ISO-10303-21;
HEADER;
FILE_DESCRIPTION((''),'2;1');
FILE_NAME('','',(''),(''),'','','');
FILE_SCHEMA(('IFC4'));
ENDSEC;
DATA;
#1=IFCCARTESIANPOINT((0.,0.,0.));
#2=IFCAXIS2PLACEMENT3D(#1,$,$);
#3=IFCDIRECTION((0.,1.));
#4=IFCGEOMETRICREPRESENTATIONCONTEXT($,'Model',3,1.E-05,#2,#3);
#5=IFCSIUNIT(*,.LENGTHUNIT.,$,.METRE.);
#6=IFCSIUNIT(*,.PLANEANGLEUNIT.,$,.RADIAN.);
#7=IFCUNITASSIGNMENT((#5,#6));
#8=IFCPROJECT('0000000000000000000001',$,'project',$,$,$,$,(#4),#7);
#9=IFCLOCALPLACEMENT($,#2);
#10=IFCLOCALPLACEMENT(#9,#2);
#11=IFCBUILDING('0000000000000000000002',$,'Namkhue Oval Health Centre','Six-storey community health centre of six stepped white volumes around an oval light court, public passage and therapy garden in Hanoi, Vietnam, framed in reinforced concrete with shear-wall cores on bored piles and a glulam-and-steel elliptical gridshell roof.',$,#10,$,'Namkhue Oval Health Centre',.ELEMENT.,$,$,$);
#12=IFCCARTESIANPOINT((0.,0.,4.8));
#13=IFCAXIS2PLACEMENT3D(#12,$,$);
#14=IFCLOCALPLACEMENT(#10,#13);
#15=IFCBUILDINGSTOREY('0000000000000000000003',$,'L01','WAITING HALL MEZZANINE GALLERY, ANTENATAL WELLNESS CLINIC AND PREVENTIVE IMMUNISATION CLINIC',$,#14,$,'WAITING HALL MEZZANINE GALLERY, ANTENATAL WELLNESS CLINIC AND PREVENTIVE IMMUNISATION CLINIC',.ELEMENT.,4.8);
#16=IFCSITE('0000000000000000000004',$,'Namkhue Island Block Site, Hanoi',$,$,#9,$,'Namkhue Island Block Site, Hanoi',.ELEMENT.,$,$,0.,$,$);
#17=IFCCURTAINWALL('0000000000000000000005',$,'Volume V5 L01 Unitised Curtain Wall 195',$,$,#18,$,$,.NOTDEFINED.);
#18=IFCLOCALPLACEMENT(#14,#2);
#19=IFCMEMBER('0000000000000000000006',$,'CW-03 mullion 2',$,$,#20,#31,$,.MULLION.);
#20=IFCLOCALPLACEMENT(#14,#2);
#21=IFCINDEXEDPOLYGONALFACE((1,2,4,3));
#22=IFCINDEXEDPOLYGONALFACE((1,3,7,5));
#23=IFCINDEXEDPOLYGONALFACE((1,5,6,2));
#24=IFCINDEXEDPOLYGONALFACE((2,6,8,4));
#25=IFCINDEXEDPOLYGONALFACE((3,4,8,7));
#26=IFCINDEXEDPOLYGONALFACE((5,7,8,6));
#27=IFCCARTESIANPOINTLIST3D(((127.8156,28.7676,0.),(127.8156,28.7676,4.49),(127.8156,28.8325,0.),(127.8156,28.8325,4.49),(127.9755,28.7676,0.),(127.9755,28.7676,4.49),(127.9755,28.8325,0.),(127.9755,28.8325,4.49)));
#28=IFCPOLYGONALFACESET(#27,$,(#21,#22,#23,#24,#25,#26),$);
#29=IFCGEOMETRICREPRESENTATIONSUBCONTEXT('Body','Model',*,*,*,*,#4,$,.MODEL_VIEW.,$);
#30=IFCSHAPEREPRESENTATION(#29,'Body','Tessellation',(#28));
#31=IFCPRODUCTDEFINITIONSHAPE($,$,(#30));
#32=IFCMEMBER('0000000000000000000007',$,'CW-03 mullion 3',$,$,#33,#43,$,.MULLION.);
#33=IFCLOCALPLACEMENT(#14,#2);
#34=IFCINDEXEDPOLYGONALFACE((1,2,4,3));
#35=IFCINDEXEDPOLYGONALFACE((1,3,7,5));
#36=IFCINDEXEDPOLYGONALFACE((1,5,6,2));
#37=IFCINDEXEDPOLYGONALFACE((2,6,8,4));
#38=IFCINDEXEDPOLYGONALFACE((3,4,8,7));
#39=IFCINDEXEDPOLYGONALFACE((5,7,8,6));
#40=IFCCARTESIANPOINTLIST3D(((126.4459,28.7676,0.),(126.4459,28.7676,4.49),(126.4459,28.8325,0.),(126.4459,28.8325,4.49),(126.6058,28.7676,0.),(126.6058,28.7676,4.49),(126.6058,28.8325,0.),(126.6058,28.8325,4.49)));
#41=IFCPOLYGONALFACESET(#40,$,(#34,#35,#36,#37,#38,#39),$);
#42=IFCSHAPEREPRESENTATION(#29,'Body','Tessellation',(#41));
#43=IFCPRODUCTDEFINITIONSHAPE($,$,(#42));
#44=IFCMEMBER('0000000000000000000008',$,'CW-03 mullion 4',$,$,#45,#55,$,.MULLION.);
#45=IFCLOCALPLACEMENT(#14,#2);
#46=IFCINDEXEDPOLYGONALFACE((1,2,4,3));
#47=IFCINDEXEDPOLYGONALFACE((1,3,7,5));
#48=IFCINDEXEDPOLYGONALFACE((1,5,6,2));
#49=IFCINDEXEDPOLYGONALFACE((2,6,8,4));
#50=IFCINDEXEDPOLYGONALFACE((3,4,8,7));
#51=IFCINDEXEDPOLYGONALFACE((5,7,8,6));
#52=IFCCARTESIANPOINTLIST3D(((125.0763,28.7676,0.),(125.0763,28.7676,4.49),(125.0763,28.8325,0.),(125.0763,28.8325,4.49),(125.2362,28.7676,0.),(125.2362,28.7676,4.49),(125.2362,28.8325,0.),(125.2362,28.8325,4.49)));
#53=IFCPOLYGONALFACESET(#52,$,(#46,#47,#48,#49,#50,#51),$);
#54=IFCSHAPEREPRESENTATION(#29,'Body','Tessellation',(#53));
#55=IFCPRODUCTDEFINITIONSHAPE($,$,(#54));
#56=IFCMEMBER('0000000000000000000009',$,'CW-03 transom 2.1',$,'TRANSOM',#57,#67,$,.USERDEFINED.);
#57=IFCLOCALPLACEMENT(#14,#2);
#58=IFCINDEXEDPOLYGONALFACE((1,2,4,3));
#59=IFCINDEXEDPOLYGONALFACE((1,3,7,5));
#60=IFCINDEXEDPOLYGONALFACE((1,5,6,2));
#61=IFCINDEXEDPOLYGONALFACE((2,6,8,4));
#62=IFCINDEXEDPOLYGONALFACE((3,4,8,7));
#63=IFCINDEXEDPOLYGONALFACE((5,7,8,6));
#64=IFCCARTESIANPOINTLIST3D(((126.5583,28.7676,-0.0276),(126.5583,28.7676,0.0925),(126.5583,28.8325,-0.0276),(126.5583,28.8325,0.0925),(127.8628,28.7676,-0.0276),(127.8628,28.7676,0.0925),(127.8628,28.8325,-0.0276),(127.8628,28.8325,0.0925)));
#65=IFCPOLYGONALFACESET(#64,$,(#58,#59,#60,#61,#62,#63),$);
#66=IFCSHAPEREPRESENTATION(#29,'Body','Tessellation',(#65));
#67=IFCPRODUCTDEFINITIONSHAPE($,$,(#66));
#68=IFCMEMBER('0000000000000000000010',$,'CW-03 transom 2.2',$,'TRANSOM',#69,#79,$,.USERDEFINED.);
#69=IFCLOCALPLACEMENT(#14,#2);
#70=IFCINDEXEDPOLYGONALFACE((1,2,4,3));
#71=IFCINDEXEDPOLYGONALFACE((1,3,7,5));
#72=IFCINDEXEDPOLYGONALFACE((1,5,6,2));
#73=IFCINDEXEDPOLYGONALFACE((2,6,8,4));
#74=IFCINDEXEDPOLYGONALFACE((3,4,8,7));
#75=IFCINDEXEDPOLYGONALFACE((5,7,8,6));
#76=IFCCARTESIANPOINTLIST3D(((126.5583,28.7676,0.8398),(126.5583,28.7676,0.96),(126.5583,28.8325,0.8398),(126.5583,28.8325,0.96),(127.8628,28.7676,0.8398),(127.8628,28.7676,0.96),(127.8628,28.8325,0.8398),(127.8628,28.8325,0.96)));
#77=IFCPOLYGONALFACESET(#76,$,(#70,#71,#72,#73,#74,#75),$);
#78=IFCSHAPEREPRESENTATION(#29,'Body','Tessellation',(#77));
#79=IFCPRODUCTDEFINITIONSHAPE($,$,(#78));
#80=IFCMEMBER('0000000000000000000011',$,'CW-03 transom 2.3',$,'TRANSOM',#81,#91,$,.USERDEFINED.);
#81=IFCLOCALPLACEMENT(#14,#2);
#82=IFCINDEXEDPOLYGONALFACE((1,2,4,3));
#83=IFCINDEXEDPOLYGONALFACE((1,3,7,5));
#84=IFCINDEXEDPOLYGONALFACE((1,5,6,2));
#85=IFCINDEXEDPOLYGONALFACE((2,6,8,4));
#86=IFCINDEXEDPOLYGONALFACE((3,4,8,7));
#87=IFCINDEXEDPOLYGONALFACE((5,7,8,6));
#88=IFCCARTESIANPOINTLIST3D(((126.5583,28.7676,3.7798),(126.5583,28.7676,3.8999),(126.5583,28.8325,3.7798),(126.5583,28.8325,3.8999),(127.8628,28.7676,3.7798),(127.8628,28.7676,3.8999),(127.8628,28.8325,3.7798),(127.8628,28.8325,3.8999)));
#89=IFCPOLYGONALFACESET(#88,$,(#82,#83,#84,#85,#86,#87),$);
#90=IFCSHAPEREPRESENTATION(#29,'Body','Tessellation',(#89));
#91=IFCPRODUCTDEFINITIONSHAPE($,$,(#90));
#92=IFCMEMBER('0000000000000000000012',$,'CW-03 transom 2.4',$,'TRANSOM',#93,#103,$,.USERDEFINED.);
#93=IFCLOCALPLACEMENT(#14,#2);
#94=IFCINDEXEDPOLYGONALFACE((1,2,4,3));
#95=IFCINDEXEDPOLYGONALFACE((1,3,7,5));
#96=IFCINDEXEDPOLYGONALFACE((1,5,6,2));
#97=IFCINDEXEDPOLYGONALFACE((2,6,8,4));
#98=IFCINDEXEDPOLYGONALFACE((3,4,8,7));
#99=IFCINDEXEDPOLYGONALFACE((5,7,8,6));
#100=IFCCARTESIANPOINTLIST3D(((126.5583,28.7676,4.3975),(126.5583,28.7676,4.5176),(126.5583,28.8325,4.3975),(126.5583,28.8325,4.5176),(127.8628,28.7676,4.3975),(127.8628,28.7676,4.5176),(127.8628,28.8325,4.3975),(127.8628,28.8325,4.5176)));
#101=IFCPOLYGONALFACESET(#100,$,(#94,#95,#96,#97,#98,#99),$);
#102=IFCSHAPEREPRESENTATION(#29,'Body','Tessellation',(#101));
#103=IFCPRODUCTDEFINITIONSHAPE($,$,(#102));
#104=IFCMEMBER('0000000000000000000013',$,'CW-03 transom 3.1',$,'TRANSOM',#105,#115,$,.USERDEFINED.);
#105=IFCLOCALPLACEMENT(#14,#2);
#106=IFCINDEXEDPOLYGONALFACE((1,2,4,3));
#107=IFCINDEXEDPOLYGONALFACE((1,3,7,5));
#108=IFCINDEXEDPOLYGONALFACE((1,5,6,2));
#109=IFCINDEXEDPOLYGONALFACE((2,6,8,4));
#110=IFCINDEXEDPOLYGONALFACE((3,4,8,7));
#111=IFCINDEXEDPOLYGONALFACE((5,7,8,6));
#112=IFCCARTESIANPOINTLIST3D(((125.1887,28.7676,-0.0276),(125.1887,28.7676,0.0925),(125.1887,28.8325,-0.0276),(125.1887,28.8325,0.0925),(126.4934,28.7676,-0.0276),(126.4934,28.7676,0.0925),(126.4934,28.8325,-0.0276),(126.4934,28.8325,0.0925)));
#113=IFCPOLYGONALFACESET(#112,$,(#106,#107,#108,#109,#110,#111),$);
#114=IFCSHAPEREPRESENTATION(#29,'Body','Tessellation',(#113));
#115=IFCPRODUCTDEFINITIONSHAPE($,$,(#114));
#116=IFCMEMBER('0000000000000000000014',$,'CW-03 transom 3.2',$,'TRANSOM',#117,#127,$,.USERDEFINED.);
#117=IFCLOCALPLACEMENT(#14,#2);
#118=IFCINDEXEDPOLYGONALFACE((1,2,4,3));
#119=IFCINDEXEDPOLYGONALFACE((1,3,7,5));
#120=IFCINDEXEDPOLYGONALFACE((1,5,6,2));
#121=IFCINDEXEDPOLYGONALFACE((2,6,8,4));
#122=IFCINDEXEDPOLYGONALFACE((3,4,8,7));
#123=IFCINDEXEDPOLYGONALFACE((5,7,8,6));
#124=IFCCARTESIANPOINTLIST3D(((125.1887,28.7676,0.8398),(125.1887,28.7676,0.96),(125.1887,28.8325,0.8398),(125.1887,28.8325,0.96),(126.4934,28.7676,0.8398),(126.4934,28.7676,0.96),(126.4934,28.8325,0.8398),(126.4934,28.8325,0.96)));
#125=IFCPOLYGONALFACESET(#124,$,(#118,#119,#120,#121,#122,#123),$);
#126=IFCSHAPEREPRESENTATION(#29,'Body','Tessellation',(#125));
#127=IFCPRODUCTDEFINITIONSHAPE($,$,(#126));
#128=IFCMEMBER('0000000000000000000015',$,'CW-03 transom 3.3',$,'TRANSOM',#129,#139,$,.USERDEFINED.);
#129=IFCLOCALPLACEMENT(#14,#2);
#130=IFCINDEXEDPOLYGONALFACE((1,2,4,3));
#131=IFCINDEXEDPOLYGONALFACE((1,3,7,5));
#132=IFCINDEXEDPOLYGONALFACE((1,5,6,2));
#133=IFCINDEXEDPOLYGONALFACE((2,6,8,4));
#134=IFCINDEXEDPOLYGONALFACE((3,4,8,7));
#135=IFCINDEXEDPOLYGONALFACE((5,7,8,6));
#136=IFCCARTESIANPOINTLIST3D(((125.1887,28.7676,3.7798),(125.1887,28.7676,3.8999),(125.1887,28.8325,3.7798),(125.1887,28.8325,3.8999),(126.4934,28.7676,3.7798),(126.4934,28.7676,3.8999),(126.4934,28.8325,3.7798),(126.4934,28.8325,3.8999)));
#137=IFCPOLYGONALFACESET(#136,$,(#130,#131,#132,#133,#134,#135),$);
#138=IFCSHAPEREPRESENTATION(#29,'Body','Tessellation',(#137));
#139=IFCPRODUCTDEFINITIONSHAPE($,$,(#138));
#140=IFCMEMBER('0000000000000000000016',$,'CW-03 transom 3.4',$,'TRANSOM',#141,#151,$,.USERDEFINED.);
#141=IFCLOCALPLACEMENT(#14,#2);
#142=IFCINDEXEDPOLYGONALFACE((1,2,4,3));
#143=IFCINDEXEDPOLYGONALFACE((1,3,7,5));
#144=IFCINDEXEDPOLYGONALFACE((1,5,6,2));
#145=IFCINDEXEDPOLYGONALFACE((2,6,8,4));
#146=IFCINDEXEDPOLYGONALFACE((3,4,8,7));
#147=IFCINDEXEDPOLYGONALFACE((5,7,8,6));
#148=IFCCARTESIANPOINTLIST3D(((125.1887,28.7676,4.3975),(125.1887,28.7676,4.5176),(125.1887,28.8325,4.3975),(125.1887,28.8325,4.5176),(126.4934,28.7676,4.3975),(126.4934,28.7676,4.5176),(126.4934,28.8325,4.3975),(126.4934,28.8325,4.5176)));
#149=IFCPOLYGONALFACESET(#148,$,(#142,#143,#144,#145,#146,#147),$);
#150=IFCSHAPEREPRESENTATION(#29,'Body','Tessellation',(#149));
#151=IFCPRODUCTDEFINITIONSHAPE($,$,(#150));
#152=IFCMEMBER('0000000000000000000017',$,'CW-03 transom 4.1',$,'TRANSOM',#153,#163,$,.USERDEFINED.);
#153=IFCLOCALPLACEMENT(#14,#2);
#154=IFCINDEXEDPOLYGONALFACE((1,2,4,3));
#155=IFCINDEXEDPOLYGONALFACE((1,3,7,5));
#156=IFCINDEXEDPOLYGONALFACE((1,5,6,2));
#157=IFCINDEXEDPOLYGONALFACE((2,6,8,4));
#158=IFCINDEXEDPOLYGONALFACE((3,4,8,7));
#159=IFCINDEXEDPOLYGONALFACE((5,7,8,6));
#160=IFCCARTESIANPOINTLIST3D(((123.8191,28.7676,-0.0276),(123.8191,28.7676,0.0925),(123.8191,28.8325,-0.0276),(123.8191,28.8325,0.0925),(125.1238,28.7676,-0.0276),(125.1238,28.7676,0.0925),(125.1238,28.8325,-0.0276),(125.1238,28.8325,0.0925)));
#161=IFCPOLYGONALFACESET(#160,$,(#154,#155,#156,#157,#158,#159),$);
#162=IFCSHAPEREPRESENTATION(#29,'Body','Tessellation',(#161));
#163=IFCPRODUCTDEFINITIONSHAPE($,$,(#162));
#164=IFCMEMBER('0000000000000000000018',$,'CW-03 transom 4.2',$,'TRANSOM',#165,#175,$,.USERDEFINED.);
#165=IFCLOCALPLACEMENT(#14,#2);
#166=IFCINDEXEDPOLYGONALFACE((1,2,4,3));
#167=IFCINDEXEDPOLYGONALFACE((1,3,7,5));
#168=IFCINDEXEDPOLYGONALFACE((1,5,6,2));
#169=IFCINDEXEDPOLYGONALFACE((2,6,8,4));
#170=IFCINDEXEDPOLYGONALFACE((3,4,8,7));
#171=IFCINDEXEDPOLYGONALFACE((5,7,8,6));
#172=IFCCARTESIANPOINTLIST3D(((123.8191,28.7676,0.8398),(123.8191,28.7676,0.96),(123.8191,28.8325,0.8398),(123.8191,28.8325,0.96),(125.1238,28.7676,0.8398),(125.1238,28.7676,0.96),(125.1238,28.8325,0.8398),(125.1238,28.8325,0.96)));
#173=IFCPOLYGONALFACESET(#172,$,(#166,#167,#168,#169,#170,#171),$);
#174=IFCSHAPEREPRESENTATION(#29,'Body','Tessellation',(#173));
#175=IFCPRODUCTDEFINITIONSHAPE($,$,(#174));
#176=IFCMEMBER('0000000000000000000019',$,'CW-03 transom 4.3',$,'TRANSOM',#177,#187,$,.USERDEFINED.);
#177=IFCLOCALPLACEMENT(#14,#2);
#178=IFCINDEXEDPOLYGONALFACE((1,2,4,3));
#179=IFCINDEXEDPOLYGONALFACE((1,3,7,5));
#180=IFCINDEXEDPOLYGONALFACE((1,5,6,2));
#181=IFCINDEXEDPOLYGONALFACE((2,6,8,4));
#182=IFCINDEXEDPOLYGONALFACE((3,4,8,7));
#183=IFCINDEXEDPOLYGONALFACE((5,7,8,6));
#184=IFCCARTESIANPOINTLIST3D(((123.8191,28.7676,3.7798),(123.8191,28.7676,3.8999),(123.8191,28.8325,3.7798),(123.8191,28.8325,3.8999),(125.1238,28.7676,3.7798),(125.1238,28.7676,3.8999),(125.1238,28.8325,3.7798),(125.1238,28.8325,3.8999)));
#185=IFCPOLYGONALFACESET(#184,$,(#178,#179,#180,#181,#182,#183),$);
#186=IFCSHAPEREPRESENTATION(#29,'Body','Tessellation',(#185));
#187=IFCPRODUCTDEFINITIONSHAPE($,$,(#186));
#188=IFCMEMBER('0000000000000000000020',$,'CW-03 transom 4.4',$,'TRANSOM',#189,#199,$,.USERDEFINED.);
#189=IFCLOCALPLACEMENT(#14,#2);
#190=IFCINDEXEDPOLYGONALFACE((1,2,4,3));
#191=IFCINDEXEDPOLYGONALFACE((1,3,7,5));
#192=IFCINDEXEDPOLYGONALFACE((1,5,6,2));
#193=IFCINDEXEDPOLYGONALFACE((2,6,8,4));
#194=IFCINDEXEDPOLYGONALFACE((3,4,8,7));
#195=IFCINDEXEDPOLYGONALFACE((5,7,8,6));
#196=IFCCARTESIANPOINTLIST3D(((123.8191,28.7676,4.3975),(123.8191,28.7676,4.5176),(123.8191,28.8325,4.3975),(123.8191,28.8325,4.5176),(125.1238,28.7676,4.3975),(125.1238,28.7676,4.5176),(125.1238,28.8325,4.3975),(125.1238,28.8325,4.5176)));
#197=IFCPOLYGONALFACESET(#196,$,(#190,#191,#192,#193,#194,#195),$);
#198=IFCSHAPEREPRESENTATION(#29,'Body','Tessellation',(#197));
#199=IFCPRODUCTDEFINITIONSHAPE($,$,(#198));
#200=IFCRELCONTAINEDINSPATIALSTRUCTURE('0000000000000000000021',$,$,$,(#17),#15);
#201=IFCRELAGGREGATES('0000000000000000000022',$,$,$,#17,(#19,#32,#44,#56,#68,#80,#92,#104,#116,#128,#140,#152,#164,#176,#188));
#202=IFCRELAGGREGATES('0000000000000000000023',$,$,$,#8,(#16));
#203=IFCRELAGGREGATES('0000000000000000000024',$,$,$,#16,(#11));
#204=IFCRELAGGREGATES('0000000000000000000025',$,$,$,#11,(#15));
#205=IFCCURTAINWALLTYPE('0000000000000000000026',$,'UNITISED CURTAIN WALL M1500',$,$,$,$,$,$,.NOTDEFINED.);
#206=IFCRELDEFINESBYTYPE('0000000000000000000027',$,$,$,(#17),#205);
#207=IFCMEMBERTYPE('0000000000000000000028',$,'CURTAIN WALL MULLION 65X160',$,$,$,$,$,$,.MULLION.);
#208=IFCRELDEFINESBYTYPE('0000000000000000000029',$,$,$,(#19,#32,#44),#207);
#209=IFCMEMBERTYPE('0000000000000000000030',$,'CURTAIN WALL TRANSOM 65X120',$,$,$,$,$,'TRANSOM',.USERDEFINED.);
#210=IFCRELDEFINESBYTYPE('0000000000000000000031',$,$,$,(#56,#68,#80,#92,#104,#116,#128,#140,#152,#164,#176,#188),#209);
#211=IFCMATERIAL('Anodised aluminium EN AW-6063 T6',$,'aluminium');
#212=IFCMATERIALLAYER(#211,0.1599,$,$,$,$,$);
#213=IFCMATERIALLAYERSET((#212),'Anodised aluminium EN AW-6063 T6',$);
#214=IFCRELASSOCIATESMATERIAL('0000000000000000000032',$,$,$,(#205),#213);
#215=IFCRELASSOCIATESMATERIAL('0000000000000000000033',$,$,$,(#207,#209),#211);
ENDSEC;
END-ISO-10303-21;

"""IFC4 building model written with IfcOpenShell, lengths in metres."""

from ifc_helpers import new_model, si_unit, direction, frame, origin, origin_2d, place, context, subcontext, project, spatial, rectangle, extrude, material, layer, layer_set, material_profile, profile_set, type_object, element, aggregate, save


model = new_model("IFC4")

# Units and contexts
model_context = context("Model", 3, precision=1e-05, world=origin(), true_north=direction((0.0, 1.0)))
body_context = subcontext(model_context, "Body", "Model", "MODEL_VIEW")
ifc_project = project(units=[si_unit("LENGTHUNIT", "METRE"), si_unit("PLANEANGLEUNIT", "RADIAN")], contexts=[model_context])

# Site, building, storey
site_placement = place(None, origin())
site = spatial("IfcSite", under=ifc_project, at=site_placement, Name="Namkhue Island Block Site, Hanoi", LongName="Namkhue Island Block Site, Hanoi", CompositionType="ELEMENT", RefElevation=0.0)
building_placement = place(site_placement, origin())
building = spatial("IfcBuilding", under=site, at=building_placement, Name="Namkhue Oval Health Centre", Description="Six-storey community health centre of six stepped white volumes around an oval light court, public passage and therapy garden in Hanoi, Vietnam, framed in reinforced concrete with shear-wall cores on bored piles and a glulam-and-steel elliptical gridshell roof.", LongName="Namkhue Oval Health Centre", CompositionType="ELEMENT")
storey_placement = place(building_placement, frame((0.0, 0.0, 4.8)))
storey = spatial("IfcBuildingStorey", under=building, at=storey_placement, Name="L01", Description="WAITING HALL MEZZANINE GALLERY, ANTENATAL WELLNESS CLINIC AND PREVENTIVE IMMUNISATION CLINIC", LongName="WAITING HALL MEZZANINE GALLERY, ANTENATAL WELLNESS CLINIC AND PREVENTIVE IMMUNISATION CLINIC", CompositionType="ELEMENT", Elevation=4.8)

# Curtain wall, members
ifc_material_1 = material(Name="Anodised aluminium EN AW-6063 T6", Category="aluminium")
ifc_layer_1 = layer(ifc_material_1, 0.1599)
ifc_layer_set_1 = layer_set([ifc_layer_1], Name="Anodised aluminium EN AW-6063 T6")
curtain_wall_type = type_object("IfcCurtainWallType", Name="UNITISED CURTAIN WALL M1500", PredefinedType="NOTDEFINED", material=ifc_layer_set_1)
curtain_wall_placement = place(storey_placement, origin())
curtain_wall = element("IfcCurtainWall", 1, at=curtain_wall_placement, inside=storey, type_object=curtain_wall_type, Name="Volume V5 L01 Unitised Curtain Wall 195", PredefinedType="NOTDEFINED")
ifc_material_profile_1 = material_profile(ifc_material_1, rectangle(XDim=0.0649, YDim=0.1599, at=origin_2d()), Name="ALU 65x160")
ifc_profile_set_1 = profile_set([ifc_material_profile_1], Name="Anodised aluminium EN AW-6063 T6")
member_type_1 = type_object("IfcMemberType", Name="CURTAIN WALL MULLION 65X160", PredefinedType="MULLION", material=ifc_profile_set_1)
member_1_placement = place(storey_placement, frame((127.8955, 28.8, 0.0), z_axis=(0.0, 0.0, 1.0), x_axis=(0.0, -1.0, 0.0)))
member_1 = element("IfcMember", 2, at=member_1_placement, type_object=member_type_1, Name="CW-03 mullion 2", PredefinedType="MULLION", context=body_context, shape_type="SweptSolid", body=[
    extrude(rectangle(XDim=0.0649, YDim=0.1599, at=origin_2d()), origin(), (0.0, 0.0, 1.0), 4.49),
])
member_2_placement = place(storey_placement, frame((126.5259, 28.8, 0.0), z_axis=(0.0, 0.0, 1.0), x_axis=(0.0, -1.0, 0.0)))
member_2 = element("IfcMember", 3, at=member_2_placement, type_object=member_type_1, Name="CW-03 mullion 3", PredefinedType="MULLION", context=body_context, shape_type="SweptSolid", body=[
    extrude(rectangle(XDim=0.0649, YDim=0.1599, at=origin_2d()), origin(), (0.0, 0.0, 1.0), 4.49),
])
member_3_placement = place(storey_placement, frame((125.1562, 28.8, 0.0), z_axis=(0.0, 0.0, 1.0), x_axis=(0.0, -1.0, 0.0)))
member_3 = element("IfcMember", 4, at=member_3_placement, type_object=member_type_1, Name="CW-03 mullion 4", PredefinedType="MULLION", context=body_context, shape_type="SweptSolid", body=[
    extrude(rectangle(XDim=0.0649, YDim=0.1599, at=origin_2d()), origin(), (0.0, 0.0, 1.0), 4.49),
])
ifc_material_profile_2 = material_profile(ifc_material_1, rectangle(XDim=0.0649, YDim=0.1201, at=origin_2d()), Name="ALU 65x120")
ifc_profile_set_2 = profile_set([ifc_material_profile_2], Name="Anodised aluminium EN AW-6063 T6")
member_type_2 = type_object("IfcMemberType", Name="CURTAIN WALL TRANSOM 65X120", ElementType="TRANSOM", PredefinedType="USERDEFINED", material=ifc_profile_set_2)
member_4_placement = place(storey_placement, frame((127.8628, 28.8, 0.0325), z_axis=(-1.0, 0.0, 0.0), x_axis=(0.0, -1.0, 0.0)))
member_4 = element("IfcMember", 5, at=member_4_placement, type_object=member_type_2, Name="CW-03 transom 2.1", ObjectType="TRANSOM", PredefinedType="USERDEFINED", context=body_context, shape_type="SweptSolid", body=[
    extrude(rectangle(XDim=0.0649, YDim=0.1201, at=origin_2d()), origin(), (0.0, 0.0, 1.0), 1.3044),
])
member_5_placement = place(storey_placement, frame((127.8628, 28.8, 0.8999), z_axis=(-1.0, 0.0, 0.0), x_axis=(0.0, -1.0, 0.0)))
member_5 = element("IfcMember", 6, at=member_5_placement, type_object=member_type_2, Name="CW-03 transom 2.2", ObjectType="TRANSOM", PredefinedType="USERDEFINED", context=body_context, shape_type="SweptSolid", body=[
    extrude(rectangle(XDim=0.0649, YDim=0.1201, at=origin_2d()), origin(), (0.0, 0.0, 1.0), 1.3044),
])
member_6_placement = place(storey_placement, frame((127.8628, 28.8, 3.8398), z_axis=(-1.0, 0.0, 0.0), x_axis=(0.0, -1.0, 0.0)))
member_6 = element("IfcMember", 7, at=member_6_placement, type_object=member_type_2, Name="CW-03 transom 2.3", ObjectType="TRANSOM", PredefinedType="USERDEFINED", context=body_context, shape_type="SweptSolid", body=[
    extrude(rectangle(XDim=0.0649, YDim=0.1201, at=origin_2d()), origin(), (0.0, 0.0, 1.0), 1.3044),
])
member_7_placement = place(storey_placement, frame((127.8628, 28.8, 4.4575), z_axis=(-1.0, 0.0, 0.0), x_axis=(0.0, -1.0, 0.0)))
member_7 = element("IfcMember", 8, at=member_7_placement, type_object=member_type_2, Name="CW-03 transom 2.4", ObjectType="TRANSOM", PredefinedType="USERDEFINED", context=body_context, shape_type="SweptSolid", body=[
    extrude(rectangle(XDim=0.0649, YDim=0.1201, at=origin_2d()), origin(), (0.0, 0.0, 1.0), 1.3044),
])
member_8_placement = place(storey_placement, frame((126.4934, 28.8, 0.0325), z_axis=(-1.0, 0.0, 0.0), x_axis=(0.0, -1.0, 0.0)))
member_8 = element("IfcMember", 9, at=member_8_placement, type_object=member_type_2, Name="CW-03 transom 3.1", ObjectType="TRANSOM", PredefinedType="USERDEFINED", context=body_context, shape_type="SweptSolid", body=[
    extrude(rectangle(XDim=0.0649, YDim=0.1201, at=origin_2d()), origin(), (0.0, 0.0, 1.0), 1.3047),
])
member_9_placement = place(storey_placement, frame((126.4934, 28.8, 0.8999), z_axis=(-1.0, 0.0, 0.0), x_axis=(0.0, -1.0, 0.0)))
member_9 = element("IfcMember", 10, at=member_9_placement, type_object=member_type_2, Name="CW-03 transom 3.2", ObjectType="TRANSOM", PredefinedType="USERDEFINED", context=body_context, shape_type="SweptSolid", body=[
    extrude(rectangle(XDim=0.0649, YDim=0.1201, at=origin_2d()), origin(), (0.0, 0.0, 1.0), 1.3047),
])
member_10_placement = place(storey_placement, frame((126.4934, 28.8, 3.8398), z_axis=(-1.0, 0.0, 0.0), x_axis=(0.0, -1.0, 0.0)))
member_10 = element("IfcMember", 11, at=member_10_placement, type_object=member_type_2, Name="CW-03 transom 3.3", ObjectType="TRANSOM", PredefinedType="USERDEFINED", context=body_context, shape_type="SweptSolid", body=[
    extrude(rectangle(XDim=0.0649, YDim=0.1201, at=origin_2d()), origin(), (0.0, 0.0, 1.0), 1.3047),
])
member_11_placement = place(storey_placement, frame((126.4934, 28.8, 4.4575), z_axis=(-1.0, 0.0, 0.0), x_axis=(0.0, -1.0, 0.0)))
member_11 = element("IfcMember", 12, at=member_11_placement, type_object=member_type_2, Name="CW-03 transom 3.4", ObjectType="TRANSOM", PredefinedType="USERDEFINED", context=body_context, shape_type="SweptSolid", body=[
    extrude(rectangle(XDim=0.0649, YDim=0.1201, at=origin_2d()), origin(), (0.0, 0.0, 1.0), 1.3047),
])
member_12_placement = place(storey_placement, frame((125.1238, 28.8, 0.0325), z_axis=(-1.0, 0.0, 0.0), x_axis=(0.0, -1.0, 0.0)))
member_12 = element("IfcMember", 13, at=member_12_placement, type_object=member_type_2, Name="CW-03 transom 4.1", ObjectType="TRANSOM", PredefinedType="USERDEFINED", context=body_context, shape_type="SweptSolid", body=[
    extrude(rectangle(XDim=0.0649, YDim=0.1201, at=origin_2d()), origin(), (0.0, 0.0, 1.0), 1.3047),
])
member_13_placement = place(storey_placement, frame((125.1238, 28.8, 0.8999), z_axis=(-1.0, 0.0, 0.0), x_axis=(0.0, -1.0, 0.0)))
member_13 = element("IfcMember", 14, at=member_13_placement, type_object=member_type_2, Name="CW-03 transom 4.2", ObjectType="TRANSOM", PredefinedType="USERDEFINED", context=body_context, shape_type="SweptSolid", body=[
    extrude(rectangle(XDim=0.0649, YDim=0.1201, at=origin_2d()), origin(), (0.0, 0.0, 1.0), 1.3047),
])
member_14_placement = place(storey_placement, frame((125.1238, 28.8, 3.8398), z_axis=(-1.0, 0.0, 0.0), x_axis=(0.0, -1.0, 0.0)))
member_14 = element("IfcMember", 15, at=member_14_placement, type_object=member_type_2, Name="CW-03 transom 4.3", ObjectType="TRANSOM", PredefinedType="USERDEFINED", context=body_context, shape_type="SweptSolid", body=[
    extrude(rectangle(XDim=0.0649, YDim=0.1201, at=origin_2d()), origin(), (0.0, 0.0, 1.0), 1.3047),
])
member_15_placement = place(storey_placement, frame((125.1238, 28.8, 4.4575), z_axis=(-1.0, 0.0, 0.0), x_axis=(0.0, -1.0, 0.0)))
member_15 = element("IfcMember", 16, at=member_15_placement, type_object=member_type_2, Name="CW-03 transom 4.4", ObjectType="TRANSOM", PredefinedType="USERDEFINED", context=body_context, shape_type="SweptSolid", body=[
    extrude(rectangle(XDim=0.0649, YDim=0.1201, at=origin_2d()), origin(), (0.0, 0.0, 1.0), 1.3047),
])
aggregate(curtain_wall, [member_1, member_2, member_3, member_4, member_5, member_6, member_7, member_8, member_9, member_10, member_11, member_12, member_13, member_14, member_15])

save(model, "model.ifc")
